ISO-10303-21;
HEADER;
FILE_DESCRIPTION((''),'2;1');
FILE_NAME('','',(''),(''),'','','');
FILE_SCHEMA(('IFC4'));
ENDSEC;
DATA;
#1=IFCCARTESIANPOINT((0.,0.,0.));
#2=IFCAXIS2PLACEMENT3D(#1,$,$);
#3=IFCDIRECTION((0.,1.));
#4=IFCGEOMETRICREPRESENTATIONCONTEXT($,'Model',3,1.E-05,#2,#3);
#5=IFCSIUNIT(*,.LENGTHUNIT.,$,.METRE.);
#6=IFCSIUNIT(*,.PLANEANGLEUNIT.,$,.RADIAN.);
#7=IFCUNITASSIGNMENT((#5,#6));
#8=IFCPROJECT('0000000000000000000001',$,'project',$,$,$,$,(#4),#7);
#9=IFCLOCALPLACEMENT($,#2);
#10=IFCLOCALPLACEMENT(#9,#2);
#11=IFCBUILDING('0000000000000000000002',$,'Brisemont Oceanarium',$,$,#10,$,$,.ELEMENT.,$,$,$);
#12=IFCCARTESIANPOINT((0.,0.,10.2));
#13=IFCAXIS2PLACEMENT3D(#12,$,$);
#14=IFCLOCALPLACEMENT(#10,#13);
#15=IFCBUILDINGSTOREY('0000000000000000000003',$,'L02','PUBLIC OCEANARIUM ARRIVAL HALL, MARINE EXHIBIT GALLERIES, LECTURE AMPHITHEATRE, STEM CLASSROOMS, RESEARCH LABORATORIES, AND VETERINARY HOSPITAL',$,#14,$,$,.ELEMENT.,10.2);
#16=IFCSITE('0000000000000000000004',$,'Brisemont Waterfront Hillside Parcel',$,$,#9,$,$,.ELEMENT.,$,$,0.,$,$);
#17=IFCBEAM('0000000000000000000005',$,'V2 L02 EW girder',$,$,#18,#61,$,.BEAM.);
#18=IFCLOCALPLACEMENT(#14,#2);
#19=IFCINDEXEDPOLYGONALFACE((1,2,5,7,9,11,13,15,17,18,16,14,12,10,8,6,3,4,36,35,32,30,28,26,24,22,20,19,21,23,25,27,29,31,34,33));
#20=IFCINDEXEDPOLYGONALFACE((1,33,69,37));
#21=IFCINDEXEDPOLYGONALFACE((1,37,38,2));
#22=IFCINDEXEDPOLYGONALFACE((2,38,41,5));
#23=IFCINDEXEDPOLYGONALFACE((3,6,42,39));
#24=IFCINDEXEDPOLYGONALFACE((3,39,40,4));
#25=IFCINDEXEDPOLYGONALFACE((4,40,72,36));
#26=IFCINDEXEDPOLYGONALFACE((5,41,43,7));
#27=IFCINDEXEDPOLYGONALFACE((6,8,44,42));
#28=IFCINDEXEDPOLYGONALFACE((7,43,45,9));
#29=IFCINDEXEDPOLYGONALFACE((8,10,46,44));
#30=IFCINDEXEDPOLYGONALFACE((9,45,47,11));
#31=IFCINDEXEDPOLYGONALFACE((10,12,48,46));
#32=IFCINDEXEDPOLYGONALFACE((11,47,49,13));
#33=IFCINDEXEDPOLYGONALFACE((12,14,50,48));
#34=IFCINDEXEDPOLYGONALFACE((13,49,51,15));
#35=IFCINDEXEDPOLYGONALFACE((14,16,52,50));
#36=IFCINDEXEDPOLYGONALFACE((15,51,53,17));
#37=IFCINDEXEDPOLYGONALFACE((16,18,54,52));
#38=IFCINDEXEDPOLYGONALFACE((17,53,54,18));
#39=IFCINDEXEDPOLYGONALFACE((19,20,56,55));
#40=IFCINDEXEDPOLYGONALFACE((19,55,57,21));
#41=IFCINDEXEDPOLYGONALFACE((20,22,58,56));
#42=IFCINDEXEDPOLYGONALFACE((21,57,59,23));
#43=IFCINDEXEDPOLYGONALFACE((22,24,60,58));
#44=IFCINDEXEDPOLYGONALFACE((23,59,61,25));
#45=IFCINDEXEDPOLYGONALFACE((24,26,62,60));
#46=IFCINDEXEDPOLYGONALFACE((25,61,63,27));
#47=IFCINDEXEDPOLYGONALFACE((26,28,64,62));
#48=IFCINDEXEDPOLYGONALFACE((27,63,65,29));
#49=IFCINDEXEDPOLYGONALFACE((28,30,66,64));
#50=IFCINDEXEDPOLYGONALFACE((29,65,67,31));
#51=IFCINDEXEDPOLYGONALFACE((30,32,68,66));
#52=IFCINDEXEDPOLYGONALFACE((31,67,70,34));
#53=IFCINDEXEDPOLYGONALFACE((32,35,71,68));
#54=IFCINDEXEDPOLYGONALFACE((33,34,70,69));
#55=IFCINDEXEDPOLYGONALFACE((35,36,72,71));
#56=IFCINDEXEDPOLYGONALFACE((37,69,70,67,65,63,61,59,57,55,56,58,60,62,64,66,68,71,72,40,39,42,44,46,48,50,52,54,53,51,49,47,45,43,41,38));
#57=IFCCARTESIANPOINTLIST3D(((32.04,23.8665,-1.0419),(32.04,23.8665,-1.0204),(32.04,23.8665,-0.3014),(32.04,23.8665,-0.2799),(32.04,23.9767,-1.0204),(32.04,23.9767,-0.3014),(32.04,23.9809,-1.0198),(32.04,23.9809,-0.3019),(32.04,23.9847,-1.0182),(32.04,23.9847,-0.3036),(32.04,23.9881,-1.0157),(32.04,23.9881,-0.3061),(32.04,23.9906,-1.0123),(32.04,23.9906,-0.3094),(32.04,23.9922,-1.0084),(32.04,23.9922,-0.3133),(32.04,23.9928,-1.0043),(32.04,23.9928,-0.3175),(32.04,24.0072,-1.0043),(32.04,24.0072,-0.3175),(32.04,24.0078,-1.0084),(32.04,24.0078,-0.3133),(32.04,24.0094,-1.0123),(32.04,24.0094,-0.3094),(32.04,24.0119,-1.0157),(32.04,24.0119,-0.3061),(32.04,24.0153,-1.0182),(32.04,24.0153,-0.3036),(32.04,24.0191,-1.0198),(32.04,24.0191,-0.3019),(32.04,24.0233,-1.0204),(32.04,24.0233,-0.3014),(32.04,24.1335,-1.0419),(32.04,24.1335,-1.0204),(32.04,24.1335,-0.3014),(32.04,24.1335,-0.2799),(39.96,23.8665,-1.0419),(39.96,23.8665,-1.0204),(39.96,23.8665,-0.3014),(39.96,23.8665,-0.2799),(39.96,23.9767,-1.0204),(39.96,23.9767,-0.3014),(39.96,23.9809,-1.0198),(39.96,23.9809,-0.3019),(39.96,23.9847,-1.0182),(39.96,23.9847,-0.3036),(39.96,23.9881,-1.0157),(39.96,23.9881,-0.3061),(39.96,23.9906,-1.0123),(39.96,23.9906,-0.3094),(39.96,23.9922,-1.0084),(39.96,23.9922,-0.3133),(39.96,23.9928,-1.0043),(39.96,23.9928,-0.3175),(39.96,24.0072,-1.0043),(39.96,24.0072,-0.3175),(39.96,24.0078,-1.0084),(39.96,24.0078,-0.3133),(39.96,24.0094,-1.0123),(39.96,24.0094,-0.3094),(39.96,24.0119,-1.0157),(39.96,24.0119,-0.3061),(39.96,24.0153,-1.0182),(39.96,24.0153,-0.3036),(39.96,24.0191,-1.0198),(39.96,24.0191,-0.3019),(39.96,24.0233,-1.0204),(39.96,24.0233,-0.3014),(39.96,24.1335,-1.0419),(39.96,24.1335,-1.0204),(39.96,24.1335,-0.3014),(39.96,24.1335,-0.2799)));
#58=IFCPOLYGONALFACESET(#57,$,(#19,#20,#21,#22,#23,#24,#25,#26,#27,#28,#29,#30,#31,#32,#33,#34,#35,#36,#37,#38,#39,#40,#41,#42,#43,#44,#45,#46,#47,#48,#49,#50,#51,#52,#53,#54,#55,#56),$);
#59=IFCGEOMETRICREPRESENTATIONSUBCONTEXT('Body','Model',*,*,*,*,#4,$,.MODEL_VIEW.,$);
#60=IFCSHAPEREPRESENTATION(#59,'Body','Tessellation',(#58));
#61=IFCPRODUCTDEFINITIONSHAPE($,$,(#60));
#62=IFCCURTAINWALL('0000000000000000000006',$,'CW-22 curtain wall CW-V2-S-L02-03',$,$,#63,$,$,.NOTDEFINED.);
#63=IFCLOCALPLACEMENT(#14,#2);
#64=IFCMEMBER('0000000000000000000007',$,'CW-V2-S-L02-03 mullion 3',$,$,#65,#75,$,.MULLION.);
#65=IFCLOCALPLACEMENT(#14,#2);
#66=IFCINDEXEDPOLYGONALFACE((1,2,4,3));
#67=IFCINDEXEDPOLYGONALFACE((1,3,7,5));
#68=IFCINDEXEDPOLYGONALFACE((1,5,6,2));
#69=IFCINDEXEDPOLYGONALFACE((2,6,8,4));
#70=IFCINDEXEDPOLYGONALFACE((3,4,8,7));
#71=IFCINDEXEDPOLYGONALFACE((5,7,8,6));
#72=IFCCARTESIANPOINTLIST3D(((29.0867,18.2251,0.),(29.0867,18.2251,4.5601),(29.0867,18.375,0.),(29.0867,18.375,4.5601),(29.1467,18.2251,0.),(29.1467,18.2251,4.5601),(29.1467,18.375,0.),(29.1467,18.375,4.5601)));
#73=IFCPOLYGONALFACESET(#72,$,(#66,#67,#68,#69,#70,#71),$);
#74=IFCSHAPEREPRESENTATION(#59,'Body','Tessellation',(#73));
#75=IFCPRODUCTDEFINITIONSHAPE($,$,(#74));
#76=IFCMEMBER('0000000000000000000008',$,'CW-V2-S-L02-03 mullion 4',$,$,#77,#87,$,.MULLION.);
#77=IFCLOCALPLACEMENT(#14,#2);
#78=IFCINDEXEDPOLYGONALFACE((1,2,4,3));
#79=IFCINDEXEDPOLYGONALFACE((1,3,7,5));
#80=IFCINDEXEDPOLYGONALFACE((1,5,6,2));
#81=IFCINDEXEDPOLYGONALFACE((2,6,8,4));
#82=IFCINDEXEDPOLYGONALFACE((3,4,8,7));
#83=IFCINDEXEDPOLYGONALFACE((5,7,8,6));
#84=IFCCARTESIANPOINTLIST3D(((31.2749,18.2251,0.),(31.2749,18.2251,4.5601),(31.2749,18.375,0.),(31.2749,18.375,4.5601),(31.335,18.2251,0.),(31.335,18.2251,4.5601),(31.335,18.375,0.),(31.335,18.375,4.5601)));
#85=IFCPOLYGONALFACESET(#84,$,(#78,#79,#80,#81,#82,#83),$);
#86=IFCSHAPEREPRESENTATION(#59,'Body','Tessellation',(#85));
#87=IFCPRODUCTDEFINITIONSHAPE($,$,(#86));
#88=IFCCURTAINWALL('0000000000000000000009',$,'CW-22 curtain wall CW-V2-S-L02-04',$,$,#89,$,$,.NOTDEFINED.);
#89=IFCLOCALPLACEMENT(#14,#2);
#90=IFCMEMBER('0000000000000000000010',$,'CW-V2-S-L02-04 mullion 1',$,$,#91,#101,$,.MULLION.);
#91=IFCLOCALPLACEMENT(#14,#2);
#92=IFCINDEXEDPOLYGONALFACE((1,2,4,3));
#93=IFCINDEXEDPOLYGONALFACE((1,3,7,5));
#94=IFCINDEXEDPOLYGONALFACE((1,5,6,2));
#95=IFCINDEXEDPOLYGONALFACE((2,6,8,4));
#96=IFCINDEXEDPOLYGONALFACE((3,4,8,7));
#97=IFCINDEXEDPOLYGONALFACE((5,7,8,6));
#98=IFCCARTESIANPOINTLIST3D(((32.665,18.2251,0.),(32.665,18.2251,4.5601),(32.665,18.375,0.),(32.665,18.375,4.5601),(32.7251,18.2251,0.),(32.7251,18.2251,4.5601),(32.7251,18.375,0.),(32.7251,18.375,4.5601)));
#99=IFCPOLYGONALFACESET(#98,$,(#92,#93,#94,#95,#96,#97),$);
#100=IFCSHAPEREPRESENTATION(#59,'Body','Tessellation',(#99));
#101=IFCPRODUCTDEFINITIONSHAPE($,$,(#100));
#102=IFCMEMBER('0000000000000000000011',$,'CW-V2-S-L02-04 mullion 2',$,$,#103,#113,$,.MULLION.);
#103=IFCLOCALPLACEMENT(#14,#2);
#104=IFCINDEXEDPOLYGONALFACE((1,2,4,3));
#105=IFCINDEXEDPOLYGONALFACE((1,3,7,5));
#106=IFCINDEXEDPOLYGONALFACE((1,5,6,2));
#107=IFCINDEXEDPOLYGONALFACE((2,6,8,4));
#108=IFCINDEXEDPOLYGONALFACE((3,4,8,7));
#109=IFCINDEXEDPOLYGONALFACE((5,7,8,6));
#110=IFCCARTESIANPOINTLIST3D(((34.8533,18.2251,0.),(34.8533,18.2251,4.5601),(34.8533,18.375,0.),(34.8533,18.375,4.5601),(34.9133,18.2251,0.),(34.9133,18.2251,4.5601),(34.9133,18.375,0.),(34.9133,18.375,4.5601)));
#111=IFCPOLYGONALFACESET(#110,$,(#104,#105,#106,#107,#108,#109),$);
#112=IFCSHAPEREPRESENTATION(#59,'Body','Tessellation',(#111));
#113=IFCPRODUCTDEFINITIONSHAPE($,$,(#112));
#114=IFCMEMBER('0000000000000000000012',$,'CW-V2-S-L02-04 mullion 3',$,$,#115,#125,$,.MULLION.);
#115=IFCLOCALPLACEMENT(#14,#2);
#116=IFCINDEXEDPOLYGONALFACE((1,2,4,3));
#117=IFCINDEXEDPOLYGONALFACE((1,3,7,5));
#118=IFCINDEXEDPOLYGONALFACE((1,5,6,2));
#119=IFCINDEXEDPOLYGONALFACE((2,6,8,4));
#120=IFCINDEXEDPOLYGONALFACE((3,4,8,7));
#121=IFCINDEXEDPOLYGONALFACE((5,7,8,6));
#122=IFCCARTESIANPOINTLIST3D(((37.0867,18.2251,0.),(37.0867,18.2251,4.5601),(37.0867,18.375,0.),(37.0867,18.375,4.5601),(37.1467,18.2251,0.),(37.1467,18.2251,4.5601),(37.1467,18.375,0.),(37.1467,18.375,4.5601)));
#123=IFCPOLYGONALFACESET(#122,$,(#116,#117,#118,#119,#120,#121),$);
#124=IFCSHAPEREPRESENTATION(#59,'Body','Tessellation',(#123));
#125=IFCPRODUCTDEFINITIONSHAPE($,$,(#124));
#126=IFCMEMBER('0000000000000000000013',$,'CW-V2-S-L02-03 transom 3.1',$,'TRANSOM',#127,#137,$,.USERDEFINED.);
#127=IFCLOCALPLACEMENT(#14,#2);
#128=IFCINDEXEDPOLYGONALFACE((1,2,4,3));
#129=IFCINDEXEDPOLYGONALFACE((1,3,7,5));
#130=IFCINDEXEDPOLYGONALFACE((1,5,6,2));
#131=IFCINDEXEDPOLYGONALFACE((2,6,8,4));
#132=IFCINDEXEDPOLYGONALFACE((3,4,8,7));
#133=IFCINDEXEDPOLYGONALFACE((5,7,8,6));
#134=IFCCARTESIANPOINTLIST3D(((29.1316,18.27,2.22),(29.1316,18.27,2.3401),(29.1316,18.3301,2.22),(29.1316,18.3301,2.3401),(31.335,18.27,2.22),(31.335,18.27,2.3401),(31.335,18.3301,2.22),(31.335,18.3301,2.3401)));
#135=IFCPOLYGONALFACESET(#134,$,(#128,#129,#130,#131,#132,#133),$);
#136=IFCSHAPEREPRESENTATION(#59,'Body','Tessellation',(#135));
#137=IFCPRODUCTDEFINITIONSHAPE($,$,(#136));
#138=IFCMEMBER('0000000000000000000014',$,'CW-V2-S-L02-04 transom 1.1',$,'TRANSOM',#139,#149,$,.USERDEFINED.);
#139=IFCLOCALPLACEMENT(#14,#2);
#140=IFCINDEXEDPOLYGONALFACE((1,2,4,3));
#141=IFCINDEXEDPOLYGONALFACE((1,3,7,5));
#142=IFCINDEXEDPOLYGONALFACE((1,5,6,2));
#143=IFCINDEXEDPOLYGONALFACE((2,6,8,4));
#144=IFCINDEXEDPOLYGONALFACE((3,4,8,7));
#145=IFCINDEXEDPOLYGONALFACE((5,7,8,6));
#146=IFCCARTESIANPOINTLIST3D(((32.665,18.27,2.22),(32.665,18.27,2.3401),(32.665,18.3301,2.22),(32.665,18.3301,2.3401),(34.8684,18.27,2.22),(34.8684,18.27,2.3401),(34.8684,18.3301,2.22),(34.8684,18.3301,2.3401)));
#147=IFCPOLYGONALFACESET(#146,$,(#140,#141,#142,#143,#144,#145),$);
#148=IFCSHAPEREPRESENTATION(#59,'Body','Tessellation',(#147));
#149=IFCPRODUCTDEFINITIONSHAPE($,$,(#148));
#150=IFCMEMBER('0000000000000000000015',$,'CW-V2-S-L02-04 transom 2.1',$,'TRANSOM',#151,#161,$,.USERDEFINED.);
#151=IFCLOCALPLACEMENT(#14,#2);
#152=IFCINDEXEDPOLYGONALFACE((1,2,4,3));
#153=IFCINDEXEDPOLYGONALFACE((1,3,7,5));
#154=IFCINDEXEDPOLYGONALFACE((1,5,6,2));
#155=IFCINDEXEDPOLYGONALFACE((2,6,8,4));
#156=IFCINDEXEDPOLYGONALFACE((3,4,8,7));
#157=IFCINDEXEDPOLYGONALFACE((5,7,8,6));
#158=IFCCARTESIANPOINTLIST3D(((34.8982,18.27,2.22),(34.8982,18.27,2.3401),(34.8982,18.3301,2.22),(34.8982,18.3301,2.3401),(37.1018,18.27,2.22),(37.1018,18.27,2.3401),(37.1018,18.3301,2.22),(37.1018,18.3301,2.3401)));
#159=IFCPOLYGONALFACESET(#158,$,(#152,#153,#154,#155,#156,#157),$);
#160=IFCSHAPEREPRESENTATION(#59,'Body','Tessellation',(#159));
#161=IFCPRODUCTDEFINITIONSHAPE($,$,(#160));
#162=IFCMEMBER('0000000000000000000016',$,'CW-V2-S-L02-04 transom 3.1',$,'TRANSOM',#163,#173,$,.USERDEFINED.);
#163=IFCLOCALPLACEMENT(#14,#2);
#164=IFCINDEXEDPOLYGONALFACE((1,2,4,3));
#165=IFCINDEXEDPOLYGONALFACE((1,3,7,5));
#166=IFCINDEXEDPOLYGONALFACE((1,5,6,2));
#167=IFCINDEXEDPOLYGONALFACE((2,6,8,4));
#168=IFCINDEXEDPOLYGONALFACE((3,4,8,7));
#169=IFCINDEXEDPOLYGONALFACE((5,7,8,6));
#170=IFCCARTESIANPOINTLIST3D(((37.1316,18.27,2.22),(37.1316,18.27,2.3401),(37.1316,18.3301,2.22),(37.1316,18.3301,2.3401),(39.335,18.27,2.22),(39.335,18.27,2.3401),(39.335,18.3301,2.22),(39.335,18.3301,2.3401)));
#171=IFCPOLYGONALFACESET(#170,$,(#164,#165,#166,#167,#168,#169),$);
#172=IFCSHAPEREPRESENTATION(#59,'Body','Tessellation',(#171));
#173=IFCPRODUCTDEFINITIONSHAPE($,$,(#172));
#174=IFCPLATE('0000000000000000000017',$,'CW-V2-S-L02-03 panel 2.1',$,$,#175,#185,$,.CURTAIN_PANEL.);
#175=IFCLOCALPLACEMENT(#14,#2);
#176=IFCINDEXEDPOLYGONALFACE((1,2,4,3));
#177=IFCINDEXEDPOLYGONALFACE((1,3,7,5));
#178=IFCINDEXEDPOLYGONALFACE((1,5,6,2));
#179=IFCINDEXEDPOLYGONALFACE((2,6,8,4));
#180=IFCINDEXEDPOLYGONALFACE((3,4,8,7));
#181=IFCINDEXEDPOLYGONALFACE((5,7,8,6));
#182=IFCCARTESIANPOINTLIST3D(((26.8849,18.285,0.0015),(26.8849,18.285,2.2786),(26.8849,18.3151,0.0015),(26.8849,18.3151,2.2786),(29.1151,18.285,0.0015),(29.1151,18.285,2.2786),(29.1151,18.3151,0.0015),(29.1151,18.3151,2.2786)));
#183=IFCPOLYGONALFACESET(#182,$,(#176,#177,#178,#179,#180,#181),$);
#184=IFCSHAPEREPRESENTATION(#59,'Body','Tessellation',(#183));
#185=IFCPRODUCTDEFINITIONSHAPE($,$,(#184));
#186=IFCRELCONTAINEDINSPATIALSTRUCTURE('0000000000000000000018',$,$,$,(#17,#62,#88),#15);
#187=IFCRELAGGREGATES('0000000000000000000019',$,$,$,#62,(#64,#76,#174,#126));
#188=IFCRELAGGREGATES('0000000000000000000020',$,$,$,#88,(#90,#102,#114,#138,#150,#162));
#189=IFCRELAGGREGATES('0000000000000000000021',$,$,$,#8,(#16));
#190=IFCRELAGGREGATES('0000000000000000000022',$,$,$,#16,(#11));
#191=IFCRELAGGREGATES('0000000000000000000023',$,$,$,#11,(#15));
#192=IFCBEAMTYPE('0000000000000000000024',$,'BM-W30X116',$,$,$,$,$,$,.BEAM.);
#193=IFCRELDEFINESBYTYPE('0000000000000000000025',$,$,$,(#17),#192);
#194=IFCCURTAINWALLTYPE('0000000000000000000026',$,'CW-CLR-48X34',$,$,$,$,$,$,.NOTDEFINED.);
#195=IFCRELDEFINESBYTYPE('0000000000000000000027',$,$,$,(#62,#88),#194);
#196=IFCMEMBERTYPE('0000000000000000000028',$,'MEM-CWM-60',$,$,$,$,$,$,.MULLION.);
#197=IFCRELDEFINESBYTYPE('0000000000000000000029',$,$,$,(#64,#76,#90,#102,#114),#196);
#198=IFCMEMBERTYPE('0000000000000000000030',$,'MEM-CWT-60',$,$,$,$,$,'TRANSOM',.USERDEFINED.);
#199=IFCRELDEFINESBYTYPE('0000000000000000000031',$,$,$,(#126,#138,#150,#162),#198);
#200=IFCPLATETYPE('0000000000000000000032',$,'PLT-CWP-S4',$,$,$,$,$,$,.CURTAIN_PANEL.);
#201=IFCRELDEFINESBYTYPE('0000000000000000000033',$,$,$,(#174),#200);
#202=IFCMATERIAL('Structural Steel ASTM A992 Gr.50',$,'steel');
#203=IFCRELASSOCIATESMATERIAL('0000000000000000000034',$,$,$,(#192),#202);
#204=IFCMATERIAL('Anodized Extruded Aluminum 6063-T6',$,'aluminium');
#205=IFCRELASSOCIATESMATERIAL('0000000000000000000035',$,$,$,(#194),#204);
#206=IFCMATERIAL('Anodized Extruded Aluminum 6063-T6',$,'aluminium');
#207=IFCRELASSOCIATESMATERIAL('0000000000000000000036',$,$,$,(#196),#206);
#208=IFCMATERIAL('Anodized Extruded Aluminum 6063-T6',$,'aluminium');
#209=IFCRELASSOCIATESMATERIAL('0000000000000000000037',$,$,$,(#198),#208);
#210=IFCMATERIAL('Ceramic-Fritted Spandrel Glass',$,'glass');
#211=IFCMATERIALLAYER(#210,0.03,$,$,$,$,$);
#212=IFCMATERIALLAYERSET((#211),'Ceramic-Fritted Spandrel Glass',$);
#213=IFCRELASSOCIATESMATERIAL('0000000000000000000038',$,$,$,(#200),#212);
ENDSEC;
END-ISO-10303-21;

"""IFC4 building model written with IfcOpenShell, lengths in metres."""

from ifc_helpers import new_model, si_unit, direction, frame, origin, origin_2d, place, context, subcontext, project, spatial, rectangle, i_section, extrude, material, layer, layer_set, material_profile, profile_set, type_object, element, aggregate, save


model = new_model("IFC4")

# Units and contexts
model_context = context("Model", 3, precision=1e-05, world=origin(), true_north=direction((0.0, 1.0)))
body_context = subcontext(model_context, "Body", "Model", "MODEL_VIEW")
ifc_project = project(units=[si_unit("LENGTHUNIT", "METRE"), si_unit("PLANEANGLEUNIT", "RADIAN")], contexts=[model_context])

# Site, building, storey
site_placement = place(None, origin())
site = spatial("IfcSite", under=ifc_project, at=site_placement, Name="Brisemont Waterfront Hillside Parcel", CompositionType="ELEMENT", RefElevation=0.0)
building_placement = place(site_placement, origin())
building = spatial("IfcBuilding", under=site, at=building_placement, Name="Brisemont Oceanarium", CompositionType="ELEMENT")
storey_placement = place(building_placement, frame((0.0, 0.0, 10.2)))
storey = spatial("IfcBuildingStorey", under=building, at=storey_placement, Name="L02", Description="PUBLIC OCEANARIUM ARRIVAL HALL, MARINE EXHIBIT GALLERIES, LECTURE AMPHITHEATRE, STEM CLASSROOMS, RESEARCH LABORATORIES, AND VETERINARY HOSPITAL", CompositionType="ELEMENT", Elevation=10.2)

# Beam
ifc_material_1 = material(Name="Structural Steel ASTM A992 Gr.50", Category="steel")
ifc_material_profile_1 = material_profile(ifc_material_1, i_section(OverallWidth=0.2671, OverallDepth=0.762, WebThickness=0.0144, FlangeThickness=0.0215, FilletRadius=0.0161, at=origin_2d()), Name="W30X116")
ifc_profile_set_1 = profile_set([ifc_material_profile_1], Name="Structural Steel ASTM A992 Gr.50")
beam_type_1 = type_object("IfcBeamType", Name="BM-W30X116", PredefinedType="BEAM", material=ifc_profile_set_1)
beam_1_placement = place(storey_placement, frame((32.04, 24.0, -0.6609), z_axis=(1.0, 0.0, 0.0), x_axis=(0.0, 1.0, 0.0)))
element("IfcBeam", 1, at=beam_1_placement, inside=storey, type_object=beam_type_1, Name="V2 L02 EW girder", PredefinedType="BEAM", context=body_context, shape_type="SweptSolid", body=[
    extrude(i_section(OverallWidth=0.2671, OverallDepth=0.762, WebThickness=0.0144, FlangeThickness=0.0215, FilletRadius=0.0161, at=origin_2d()), origin(), (0.0, 0.0, 1.0), 7.9199),
])

# Curtain walls, members
ifc_material_2 = material(Name="Anodized Extruded Aluminum 6063-T6", Category="aluminium")
curtain_wall_type = type_object("IfcCurtainWallType", Name="CW-CLR-48X34", PredefinedType="NOTDEFINED", material=ifc_material_2)
curtain_wall_1_placement = place(storey_placement, origin())
curtain_wall_1 = element("IfcCurtainWall", 2, at=curtain_wall_1_placement, inside=storey, type_object=curtain_wall_type, Name="CW-22 curtain wall CW-V2-S-L02-03", PredefinedType="NOTDEFINED")
ifc_material_3 = material(Name="Anodized Extruded Aluminum 6063-T6", Category="aluminium")
ifc_material_profile_2 = material_profile(ifc_material_3, rectangle(XDim=0.0601, YDim=0.1499, at=origin_2d()), Name="CWM-60X150")
ifc_profile_set_2 = profile_set([ifc_material_profile_2], Name="Anodized Extruded Aluminum 6063-T6")
member_type_1 = type_object("IfcMemberType", Name="MEM-CWM-60", PredefinedType="MULLION", material=ifc_profile_set_2)
member_1_placement = place(storey_placement, frame((29.1167, 18.3, 0.0), z_axis=(0.0, 0.0, 1.0), x_axis=(1.0, 0.0, 0.0)))
member_1 = element("IfcMember", 3, at=member_1_placement, type_object=member_type_1, Name="CW-V2-S-L02-03 mullion 3", PredefinedType="MULLION", context=body_context, shape_type="SweptSolid", body=[
    extrude(rectangle(XDim=0.0601, YDim=0.1499, at=origin_2d()), origin(), (0.0, 0.0, 1.0), 4.5601),
])
member_2_placement = place(storey_placement, frame((31.3049, 18.3, 0.0), z_axis=(0.0, 0.0, 1.0), x_axis=(1.0, 0.0, 0.0)))
member_2 = element("IfcMember", 4, at=member_2_placement, type_object=member_type_1, Name="CW-V2-S-L02-03 mullion 4", PredefinedType="MULLION", context=body_context, shape_type="SweptSolid", body=[
    extrude(rectangle(XDim=0.0601, YDim=0.1499, at=origin_2d()), origin(), (0.0, 0.0, 1.0), 4.5601),
])
curtain_wall_2_placement = place(storey_placement, origin())
curtain_wall_2 = element("IfcCurtainWall", 5, at=curtain_wall_2_placement, inside=storey, type_object=curtain_wall_type, Name="CW-22 curtain wall CW-V2-S-L02-04", PredefinedType="NOTDEFINED")
member_3_placement = place(storey_placement, frame((32.6951, 18.3, 0.0), z_axis=(0.0, 0.0, 1.0), x_axis=(1.0, 0.0, 0.0)))
member_3 = element("IfcMember", 6, at=member_3_placement, type_object=member_type_1, Name="CW-V2-S-L02-04 mullion 1", PredefinedType="MULLION", context=body_context, shape_type="SweptSolid", body=[
    extrude(rectangle(XDim=0.0601, YDim=0.1499, at=origin_2d()), origin(), (0.0, 0.0, 1.0), 4.5601),
])
member_4_placement = place(storey_placement, frame((34.8833, 18.3, 0.0), z_axis=(0.0, 0.0, 1.0), x_axis=(1.0, 0.0, 0.0)))
member_4 = element("IfcMember", 7, at=member_4_placement, type_object=member_type_1, Name="CW-V2-S-L02-04 mullion 2", PredefinedType="MULLION", context=body_context, shape_type="SweptSolid", body=[
    extrude(rectangle(XDim=0.0601, YDim=0.1499, at=origin_2d()), origin(), (0.0, 0.0, 1.0), 4.5601),
])
member_5_placement = place(storey_placement, frame((37.1167, 18.3, 0.0), z_axis=(0.0, 0.0, 1.0), x_axis=(1.0, 0.0, 0.0)))
member_5 = element("IfcMember", 8, at=member_5_placement, type_object=member_type_1, Name="CW-V2-S-L02-04 mullion 3", PredefinedType="MULLION", context=body_context, shape_type="SweptSolid", body=[
    extrude(rectangle(XDim=0.0601, YDim=0.1499, at=origin_2d()), origin(), (0.0, 0.0, 1.0), 4.5601),
])

# Members
ifc_material_4 = material(Name="Anodized Extruded Aluminum 6063-T6", Category="aluminium")
ifc_material_profile_3 = material_profile(ifc_material_4, rectangle(XDim=0.0601, YDim=0.1201, at=origin_2d()), Name="CWT-60X120")
ifc_profile_set_3 = profile_set([ifc_material_profile_3], Name="Anodized Extruded Aluminum 6063-T6")
member_type_2 = type_object("IfcMemberType", Name="MEM-CWT-60", ElementType="TRANSOM", PredefinedType="USERDEFINED", material=ifc_profile_set_3)
member_6_placement = place(storey_placement, frame((29.1316, 18.3, 2.28), z_axis=(1.0, 0.0, 0.0), x_axis=(0.0, 1.0, 0.0)))
member_6 = element("IfcMember", 9, at=member_6_placement, type_object=member_type_2, Name="CW-V2-S-L02-03 transom 3.1", ObjectType="TRANSOM", PredefinedType="USERDEFINED", context=body_context, shape_type="SweptSolid", body=[
    extrude(rectangle(XDim=0.0601, YDim=0.1201, at=origin_2d()), origin(), (0.0, 0.0, 1.0), 2.2034),
])
member_7_placement = place(storey_placement, frame((32.665, 18.3, 2.28), z_axis=(1.0, 0.0, 0.0), x_axis=(0.0, 1.0, 0.0)))
member_7 = element("IfcMember", 10, at=member_7_placement, type_object=member_type_2, Name="CW-V2-S-L02-04 transom 1.1", ObjectType="TRANSOM", PredefinedType="USERDEFINED", context=body_context, shape_type="SweptSolid", body=[
    extrude(rectangle(XDim=0.0601, YDim=0.1201, at=origin_2d()), origin(), (0.0, 0.0, 1.0), 2.2034),
])
member_8_placement = place(storey_placement, frame((34.8982, 18.3, 2.28), z_axis=(1.0, 0.0, 0.0), x_axis=(0.0, 1.0, 0.0)))
member_8 = element("IfcMember", 11, at=member_8_placement, type_object=member_type_2, Name="CW-V2-S-L02-04 transom 2.1", ObjectType="TRANSOM", PredefinedType="USERDEFINED", context=body_context, shape_type="SweptSolid", body=[
    extrude(rectangle(XDim=0.0601, YDim=0.1201, at=origin_2d()), origin(), (0.0, 0.0, 1.0), 2.2036),
])
member_9_placement = place(storey_placement, frame((37.1316, 18.3, 2.28), z_axis=(1.0, 0.0, 0.0), x_axis=(0.0, 1.0, 0.0)))
member_9 = element("IfcMember", 12, at=member_9_placement, type_object=member_type_2, Name="CW-V2-S-L02-04 transom 3.1", ObjectType="TRANSOM", PredefinedType="USERDEFINED", context=body_context, shape_type="SweptSolid", body=[
    extrude(rectangle(XDim=0.0601, YDim=0.1201, at=origin_2d()), origin(), (0.0, 0.0, 1.0), 2.2034),
])

# Plate
ifc_material_5 = material(Name="Ceramic-Fritted Spandrel Glass", Category="glass")
ifc_layer_1 = layer(ifc_material_5, 0.03)
ifc_layer_set_1 = layer_set([ifc_layer_1], Name="Ceramic-Fritted Spandrel Glass")
plate_type = type_object("IfcPlateType", Name="PLT-CWP-S4", PredefinedType="CURTAIN_PANEL", material=ifc_layer_set_1)
plate_1_placement = place(storey_placement, frame((28.0, 18.3, 0.0015), z_axis=(0.0, 0.0, 1.0), x_axis=(1.0, 0.0, 0.0)))
plate_1 = element("IfcPlate", 13, at=plate_1_placement, type_object=plate_type, Name="CW-V2-S-L02-03 panel 2.1", PredefinedType="CURTAIN_PANEL", context=body_context, shape_type="SweptSolid", body=[
    extrude(rectangle(XDim=2.2302, YDim=0.03, at=origin_2d()), origin(), (0.0, 0.0, 1.0), 2.2771),
])
aggregate(curtain_wall_1, [member_1, member_2, plate_1, member_6])
aggregate(curtain_wall_2, [member_3, member_4, member_5, member_7, member_8, member_9])

save(model, "model.ifc")
